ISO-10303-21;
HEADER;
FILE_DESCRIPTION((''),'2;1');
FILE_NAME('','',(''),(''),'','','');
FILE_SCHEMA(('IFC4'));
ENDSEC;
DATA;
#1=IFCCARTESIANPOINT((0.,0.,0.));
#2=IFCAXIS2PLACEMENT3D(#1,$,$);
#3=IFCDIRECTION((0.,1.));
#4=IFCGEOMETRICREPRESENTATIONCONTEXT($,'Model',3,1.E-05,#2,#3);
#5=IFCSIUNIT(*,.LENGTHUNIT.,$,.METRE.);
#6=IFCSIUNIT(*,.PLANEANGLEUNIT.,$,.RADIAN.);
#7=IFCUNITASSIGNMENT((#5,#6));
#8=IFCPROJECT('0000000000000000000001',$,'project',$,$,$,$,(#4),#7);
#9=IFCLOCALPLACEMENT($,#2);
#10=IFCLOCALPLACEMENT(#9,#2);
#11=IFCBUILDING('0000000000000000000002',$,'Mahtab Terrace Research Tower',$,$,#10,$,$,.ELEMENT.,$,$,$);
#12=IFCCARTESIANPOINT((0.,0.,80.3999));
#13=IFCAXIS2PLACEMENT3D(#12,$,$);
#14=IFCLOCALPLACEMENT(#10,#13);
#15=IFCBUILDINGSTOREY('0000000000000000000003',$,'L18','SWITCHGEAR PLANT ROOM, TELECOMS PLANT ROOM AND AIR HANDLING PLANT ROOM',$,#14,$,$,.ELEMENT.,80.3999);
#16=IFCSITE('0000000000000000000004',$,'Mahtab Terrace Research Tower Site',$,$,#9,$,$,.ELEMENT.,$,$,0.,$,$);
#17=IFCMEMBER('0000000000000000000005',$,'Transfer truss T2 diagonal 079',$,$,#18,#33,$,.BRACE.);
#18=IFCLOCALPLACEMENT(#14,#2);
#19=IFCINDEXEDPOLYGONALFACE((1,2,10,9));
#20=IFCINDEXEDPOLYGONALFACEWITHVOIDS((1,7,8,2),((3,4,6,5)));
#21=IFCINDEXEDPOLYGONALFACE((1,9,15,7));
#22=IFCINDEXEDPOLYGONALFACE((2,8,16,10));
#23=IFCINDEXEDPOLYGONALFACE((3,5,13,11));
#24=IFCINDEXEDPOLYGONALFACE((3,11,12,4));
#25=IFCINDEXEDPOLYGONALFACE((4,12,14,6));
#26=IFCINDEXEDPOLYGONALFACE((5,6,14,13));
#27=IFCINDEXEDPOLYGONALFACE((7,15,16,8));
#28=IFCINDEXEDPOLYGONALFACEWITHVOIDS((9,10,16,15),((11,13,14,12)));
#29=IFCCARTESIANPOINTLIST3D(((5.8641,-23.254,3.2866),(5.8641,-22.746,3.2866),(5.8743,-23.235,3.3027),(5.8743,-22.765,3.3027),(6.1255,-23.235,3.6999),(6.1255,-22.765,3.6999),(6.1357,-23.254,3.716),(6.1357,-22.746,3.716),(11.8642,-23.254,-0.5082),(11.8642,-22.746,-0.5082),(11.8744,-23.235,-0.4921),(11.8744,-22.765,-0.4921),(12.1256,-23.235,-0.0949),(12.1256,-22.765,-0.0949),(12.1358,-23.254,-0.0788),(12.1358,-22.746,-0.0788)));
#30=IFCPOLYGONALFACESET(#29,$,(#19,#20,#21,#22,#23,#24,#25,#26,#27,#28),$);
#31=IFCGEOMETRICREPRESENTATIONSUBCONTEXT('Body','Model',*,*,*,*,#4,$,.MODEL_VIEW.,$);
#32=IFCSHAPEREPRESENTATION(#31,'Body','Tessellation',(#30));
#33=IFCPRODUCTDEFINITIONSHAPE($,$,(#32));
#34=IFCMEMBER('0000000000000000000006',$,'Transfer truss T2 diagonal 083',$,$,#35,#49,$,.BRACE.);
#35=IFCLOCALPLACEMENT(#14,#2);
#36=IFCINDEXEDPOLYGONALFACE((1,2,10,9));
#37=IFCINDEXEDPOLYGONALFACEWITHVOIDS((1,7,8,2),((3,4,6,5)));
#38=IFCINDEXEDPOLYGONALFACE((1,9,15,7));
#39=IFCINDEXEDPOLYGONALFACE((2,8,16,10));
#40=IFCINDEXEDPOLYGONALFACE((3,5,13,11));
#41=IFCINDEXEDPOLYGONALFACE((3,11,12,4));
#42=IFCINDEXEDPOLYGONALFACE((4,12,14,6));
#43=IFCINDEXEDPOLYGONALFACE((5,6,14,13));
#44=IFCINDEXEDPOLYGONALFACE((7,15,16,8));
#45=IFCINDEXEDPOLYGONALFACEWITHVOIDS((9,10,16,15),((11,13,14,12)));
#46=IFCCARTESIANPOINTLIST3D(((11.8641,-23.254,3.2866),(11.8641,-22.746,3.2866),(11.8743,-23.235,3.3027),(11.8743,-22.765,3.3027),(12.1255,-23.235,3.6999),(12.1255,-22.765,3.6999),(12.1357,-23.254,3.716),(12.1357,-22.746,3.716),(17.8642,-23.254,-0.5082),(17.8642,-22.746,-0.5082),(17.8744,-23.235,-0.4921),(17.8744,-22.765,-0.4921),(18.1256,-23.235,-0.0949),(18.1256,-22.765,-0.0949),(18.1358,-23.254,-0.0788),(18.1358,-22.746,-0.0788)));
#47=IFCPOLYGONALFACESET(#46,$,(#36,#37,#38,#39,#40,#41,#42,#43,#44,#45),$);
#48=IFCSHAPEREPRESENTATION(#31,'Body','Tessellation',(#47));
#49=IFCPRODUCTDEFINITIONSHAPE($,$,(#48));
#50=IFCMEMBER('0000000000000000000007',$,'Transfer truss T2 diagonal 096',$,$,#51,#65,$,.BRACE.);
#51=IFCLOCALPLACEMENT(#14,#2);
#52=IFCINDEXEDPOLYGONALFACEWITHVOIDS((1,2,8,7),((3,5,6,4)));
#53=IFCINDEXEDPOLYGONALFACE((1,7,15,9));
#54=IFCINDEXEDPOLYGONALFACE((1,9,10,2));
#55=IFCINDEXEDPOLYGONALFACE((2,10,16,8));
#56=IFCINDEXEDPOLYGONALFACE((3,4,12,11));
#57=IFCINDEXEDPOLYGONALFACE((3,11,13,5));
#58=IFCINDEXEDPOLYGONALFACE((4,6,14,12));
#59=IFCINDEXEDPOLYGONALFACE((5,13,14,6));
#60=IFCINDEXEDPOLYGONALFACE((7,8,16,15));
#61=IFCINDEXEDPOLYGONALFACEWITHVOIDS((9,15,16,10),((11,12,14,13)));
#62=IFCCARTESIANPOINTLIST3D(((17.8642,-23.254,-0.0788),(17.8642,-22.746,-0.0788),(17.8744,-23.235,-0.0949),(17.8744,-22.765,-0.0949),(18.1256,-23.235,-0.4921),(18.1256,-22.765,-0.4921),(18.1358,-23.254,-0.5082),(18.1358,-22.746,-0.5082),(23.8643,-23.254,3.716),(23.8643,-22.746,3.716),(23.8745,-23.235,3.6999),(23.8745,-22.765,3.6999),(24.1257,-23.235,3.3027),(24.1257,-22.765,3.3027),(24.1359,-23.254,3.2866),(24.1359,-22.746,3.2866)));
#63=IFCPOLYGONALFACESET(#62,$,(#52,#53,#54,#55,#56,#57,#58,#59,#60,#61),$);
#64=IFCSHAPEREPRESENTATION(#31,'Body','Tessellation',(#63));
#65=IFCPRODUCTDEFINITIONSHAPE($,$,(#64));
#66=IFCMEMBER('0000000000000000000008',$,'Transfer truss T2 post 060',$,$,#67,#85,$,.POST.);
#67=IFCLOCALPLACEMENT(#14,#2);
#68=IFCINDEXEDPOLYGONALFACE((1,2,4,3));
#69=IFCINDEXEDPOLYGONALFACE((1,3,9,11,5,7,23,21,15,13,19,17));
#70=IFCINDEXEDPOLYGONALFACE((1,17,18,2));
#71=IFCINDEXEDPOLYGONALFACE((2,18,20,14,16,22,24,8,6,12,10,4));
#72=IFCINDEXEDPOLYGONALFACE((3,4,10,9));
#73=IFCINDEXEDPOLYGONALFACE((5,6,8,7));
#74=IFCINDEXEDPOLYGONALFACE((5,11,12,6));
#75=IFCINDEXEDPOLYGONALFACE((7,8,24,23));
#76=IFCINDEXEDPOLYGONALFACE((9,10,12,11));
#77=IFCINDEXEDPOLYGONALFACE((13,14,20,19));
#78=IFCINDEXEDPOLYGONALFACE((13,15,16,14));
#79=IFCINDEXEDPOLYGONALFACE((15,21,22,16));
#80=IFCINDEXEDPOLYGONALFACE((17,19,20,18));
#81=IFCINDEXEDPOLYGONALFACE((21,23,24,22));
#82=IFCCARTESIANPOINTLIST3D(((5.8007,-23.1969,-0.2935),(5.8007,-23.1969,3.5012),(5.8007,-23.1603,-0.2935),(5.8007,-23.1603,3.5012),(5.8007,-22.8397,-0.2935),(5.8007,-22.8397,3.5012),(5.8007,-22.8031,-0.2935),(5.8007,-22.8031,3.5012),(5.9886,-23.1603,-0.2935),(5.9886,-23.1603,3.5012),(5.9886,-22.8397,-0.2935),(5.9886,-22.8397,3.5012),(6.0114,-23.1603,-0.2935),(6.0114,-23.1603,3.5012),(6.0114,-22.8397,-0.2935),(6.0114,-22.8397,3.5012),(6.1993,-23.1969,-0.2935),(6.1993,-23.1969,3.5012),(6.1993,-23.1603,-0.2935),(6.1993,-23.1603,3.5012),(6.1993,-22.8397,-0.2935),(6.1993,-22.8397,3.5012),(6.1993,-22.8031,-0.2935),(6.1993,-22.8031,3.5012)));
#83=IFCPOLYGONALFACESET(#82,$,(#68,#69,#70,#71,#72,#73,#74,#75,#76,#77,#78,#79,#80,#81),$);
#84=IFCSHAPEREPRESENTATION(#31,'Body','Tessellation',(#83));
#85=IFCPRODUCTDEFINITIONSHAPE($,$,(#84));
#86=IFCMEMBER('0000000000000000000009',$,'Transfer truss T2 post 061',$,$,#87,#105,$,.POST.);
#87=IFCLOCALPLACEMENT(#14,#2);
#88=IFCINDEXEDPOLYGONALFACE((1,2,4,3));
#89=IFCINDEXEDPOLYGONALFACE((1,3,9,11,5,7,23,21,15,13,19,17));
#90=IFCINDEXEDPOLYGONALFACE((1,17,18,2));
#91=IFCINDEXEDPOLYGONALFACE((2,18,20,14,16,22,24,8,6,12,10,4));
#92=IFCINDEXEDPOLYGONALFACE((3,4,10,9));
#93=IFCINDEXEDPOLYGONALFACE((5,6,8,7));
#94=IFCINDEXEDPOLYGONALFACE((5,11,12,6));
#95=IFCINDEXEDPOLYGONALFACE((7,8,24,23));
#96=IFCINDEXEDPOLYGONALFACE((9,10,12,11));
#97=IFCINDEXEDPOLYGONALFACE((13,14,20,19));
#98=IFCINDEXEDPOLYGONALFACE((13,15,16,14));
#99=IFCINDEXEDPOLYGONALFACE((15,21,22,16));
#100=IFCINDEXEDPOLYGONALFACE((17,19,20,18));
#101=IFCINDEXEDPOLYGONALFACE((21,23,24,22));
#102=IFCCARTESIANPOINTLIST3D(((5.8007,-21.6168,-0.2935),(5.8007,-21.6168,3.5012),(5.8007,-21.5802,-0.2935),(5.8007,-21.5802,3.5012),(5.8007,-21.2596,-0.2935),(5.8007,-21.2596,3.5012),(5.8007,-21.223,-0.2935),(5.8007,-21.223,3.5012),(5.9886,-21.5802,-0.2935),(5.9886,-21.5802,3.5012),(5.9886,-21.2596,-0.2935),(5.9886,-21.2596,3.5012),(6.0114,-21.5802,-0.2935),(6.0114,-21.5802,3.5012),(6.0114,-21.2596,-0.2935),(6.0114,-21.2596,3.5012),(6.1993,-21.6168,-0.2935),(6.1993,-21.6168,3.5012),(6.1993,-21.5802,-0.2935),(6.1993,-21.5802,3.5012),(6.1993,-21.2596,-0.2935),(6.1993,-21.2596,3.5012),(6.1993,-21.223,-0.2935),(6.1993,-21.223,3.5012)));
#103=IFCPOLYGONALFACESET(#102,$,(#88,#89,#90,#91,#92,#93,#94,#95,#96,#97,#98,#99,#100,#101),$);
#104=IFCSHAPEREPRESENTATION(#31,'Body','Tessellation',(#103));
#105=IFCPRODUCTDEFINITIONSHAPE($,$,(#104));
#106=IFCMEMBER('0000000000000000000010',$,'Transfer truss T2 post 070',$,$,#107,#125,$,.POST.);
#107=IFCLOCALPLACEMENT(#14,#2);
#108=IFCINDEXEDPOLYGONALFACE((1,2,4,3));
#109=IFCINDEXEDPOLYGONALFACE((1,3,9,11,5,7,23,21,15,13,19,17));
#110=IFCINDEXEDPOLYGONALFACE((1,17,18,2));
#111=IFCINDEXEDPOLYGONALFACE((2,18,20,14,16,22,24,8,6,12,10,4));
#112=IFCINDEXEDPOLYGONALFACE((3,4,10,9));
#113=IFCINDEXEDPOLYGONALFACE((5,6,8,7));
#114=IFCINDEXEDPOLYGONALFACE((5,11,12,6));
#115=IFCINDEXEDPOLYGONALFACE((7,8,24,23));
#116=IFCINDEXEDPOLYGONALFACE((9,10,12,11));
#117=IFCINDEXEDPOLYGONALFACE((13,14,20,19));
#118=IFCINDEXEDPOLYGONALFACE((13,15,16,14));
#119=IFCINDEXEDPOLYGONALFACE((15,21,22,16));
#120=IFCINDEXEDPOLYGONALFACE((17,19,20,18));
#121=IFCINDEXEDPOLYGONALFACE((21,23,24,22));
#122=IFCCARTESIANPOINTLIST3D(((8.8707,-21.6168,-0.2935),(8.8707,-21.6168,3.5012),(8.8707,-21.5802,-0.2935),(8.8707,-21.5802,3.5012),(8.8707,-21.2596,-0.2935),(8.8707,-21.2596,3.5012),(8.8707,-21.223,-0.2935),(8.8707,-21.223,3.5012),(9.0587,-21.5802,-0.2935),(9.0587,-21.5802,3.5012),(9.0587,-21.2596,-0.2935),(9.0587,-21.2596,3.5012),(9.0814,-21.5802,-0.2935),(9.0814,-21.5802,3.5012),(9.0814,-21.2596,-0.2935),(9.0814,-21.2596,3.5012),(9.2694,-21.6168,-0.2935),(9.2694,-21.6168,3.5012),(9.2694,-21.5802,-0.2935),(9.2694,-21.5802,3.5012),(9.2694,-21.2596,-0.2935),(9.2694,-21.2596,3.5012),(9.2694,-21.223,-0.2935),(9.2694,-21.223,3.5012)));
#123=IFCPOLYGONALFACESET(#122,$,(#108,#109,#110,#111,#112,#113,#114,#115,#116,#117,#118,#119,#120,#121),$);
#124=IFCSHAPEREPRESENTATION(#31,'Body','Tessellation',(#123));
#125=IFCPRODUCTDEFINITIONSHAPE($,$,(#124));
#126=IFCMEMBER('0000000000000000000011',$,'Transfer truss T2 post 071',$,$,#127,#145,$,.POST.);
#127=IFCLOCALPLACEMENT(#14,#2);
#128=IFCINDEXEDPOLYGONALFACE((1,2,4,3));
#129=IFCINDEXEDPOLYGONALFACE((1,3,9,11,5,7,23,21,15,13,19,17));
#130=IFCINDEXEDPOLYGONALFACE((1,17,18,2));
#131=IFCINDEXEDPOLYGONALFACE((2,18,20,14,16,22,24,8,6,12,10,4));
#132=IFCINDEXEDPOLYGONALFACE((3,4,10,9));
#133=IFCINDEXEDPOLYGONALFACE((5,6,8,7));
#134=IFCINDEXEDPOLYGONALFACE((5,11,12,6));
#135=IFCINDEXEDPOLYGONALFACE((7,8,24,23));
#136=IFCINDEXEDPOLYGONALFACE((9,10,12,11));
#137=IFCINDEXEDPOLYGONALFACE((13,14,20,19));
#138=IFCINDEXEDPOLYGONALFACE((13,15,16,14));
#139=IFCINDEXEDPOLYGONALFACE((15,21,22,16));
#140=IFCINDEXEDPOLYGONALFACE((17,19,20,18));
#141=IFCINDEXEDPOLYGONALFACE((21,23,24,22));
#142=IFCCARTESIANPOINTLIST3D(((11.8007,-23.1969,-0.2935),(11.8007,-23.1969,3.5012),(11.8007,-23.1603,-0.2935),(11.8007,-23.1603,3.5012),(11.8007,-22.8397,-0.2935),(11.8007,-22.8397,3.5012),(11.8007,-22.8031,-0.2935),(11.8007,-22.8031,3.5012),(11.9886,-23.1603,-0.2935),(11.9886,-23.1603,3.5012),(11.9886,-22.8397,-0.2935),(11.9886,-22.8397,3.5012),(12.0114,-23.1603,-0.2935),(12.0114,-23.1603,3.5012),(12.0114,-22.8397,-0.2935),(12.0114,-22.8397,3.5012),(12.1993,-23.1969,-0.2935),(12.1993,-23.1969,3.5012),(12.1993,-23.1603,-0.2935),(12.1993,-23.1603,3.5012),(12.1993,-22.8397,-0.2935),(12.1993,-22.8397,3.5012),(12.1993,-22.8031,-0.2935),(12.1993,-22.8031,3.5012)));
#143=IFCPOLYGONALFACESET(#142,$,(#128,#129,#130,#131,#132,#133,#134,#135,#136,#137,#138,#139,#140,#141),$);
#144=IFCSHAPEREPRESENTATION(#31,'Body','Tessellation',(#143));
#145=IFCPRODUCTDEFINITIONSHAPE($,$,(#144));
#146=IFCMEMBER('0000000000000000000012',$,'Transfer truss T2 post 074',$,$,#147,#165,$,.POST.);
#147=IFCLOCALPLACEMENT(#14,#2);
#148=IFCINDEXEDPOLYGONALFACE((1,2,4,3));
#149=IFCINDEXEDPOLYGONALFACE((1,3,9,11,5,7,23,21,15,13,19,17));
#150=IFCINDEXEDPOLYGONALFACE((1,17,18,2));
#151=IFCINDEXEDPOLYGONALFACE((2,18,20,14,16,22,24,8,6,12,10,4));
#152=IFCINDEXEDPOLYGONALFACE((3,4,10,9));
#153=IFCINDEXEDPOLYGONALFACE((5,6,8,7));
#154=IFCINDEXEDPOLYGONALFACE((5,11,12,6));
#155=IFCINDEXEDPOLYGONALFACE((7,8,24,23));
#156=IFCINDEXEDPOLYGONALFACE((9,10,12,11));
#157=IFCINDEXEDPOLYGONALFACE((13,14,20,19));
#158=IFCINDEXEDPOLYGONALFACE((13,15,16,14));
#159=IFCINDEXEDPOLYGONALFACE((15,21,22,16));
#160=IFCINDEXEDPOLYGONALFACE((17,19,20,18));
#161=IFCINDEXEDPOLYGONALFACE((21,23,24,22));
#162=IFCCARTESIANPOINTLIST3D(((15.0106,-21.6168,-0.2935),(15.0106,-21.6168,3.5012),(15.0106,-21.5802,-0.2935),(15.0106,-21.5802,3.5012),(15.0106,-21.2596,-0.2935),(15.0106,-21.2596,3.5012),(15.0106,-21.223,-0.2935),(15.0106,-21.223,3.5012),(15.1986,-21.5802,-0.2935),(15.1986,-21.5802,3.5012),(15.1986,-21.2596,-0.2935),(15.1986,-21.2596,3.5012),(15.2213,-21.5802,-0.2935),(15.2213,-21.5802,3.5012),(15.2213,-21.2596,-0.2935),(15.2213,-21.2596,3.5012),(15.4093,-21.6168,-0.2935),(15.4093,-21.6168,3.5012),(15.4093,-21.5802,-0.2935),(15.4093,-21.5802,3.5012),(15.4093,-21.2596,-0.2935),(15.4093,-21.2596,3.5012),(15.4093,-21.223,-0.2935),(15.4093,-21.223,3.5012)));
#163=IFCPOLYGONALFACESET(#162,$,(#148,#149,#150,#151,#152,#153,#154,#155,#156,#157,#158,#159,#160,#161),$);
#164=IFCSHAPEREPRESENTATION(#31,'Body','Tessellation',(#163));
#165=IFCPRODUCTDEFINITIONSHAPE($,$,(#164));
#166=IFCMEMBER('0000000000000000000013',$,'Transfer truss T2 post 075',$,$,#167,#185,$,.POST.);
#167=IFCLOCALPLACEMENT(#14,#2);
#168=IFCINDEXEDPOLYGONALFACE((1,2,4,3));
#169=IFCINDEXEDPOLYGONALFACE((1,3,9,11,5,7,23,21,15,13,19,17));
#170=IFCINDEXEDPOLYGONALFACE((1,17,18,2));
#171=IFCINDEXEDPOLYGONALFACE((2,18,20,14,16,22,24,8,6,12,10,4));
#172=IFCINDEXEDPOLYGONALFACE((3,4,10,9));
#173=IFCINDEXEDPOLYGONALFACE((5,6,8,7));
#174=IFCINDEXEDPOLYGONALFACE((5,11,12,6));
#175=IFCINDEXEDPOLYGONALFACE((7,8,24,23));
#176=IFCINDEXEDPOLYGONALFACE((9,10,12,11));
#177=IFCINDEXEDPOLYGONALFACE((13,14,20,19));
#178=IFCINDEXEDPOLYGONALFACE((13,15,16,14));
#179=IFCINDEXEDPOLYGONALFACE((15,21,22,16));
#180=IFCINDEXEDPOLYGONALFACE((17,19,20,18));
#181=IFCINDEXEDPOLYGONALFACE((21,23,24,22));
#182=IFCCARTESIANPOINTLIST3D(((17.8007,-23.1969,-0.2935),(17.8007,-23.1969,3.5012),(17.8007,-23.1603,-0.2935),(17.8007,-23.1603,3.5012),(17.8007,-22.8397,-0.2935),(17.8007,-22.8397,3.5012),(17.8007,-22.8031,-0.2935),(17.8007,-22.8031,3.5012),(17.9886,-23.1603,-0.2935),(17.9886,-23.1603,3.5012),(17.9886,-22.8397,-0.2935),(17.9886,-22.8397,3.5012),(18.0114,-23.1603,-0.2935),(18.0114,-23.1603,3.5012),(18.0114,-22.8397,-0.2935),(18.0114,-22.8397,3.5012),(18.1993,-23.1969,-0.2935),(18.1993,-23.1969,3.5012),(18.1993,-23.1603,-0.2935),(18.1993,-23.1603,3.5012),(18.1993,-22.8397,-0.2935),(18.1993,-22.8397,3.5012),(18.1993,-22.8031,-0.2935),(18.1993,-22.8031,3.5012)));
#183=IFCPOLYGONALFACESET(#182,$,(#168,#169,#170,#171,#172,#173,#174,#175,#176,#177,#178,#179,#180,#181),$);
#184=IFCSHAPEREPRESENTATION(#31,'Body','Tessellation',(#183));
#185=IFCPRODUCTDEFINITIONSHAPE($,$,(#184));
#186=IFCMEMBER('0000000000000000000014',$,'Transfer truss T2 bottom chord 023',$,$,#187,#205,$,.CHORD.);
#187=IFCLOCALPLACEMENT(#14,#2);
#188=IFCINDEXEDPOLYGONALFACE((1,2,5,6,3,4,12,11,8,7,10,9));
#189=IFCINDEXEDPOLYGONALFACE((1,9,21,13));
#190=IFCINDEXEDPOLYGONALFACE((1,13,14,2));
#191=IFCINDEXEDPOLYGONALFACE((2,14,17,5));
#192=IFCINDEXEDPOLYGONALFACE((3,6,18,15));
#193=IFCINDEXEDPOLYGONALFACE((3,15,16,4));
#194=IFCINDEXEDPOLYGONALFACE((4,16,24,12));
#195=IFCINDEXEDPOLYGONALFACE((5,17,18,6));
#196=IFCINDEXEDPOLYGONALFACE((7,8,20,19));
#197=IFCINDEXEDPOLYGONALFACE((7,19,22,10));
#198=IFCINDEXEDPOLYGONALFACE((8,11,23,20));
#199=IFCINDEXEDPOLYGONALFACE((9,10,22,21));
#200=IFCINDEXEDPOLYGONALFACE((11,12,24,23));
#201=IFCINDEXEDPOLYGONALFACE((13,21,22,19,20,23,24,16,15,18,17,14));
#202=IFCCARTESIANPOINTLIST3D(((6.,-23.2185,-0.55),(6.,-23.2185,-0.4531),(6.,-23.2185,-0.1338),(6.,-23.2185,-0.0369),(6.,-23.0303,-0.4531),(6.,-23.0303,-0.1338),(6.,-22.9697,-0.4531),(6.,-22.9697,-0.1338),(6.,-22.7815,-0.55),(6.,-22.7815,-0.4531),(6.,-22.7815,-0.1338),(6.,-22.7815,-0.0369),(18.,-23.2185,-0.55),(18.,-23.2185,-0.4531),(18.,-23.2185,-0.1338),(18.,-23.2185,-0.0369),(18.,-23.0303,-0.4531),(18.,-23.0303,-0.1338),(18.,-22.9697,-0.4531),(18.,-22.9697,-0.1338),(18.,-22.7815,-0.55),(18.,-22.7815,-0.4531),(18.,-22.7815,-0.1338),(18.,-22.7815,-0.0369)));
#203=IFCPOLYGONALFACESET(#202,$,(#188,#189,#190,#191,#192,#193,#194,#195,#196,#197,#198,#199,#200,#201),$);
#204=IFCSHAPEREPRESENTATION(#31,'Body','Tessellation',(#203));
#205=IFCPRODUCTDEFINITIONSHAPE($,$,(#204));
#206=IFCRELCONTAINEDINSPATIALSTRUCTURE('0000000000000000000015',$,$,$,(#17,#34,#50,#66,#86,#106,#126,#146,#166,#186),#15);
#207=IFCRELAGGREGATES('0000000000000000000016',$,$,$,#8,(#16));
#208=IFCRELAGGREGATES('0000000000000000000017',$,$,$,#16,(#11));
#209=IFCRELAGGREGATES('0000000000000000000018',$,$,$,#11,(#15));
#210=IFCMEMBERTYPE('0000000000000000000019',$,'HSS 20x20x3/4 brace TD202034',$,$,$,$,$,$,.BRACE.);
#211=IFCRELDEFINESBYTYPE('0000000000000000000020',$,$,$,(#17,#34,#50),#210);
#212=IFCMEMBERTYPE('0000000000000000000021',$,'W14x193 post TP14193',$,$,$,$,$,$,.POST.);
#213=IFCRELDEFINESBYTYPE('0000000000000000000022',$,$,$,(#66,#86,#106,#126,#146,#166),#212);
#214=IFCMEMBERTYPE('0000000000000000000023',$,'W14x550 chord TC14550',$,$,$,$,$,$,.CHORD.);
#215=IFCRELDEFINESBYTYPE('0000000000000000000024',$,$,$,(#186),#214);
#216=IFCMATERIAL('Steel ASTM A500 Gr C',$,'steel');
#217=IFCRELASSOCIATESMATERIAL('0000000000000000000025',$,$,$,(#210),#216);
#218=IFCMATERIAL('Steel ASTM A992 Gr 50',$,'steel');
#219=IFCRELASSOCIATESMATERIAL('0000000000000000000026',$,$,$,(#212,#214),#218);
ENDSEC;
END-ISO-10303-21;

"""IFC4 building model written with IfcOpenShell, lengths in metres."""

from ifc_helpers import new_model, si_unit, direction, frame, origin, origin_2d, place, context, subcontext, project, spatial, hollow_rectangle, i_section, extrude, material, material_profile, profile_set, type_object, element, save


model = new_model("IFC4")

# Units and contexts
model_context = context("Model", 3, precision=1e-05, world=origin(), true_north=direction((0.0, 1.0)))
body_context = subcontext(model_context, "Body", "Model", "MODEL_VIEW")
ifc_project = project(units=[si_unit("LENGTHUNIT", "METRE"), si_unit("PLANEANGLEUNIT", "RADIAN")], contexts=[model_context])

# Site, building, storey
site_placement = place(None, origin())
site = spatial("IfcSite", under=ifc_project, at=site_placement, Name="Mahtab Terrace Research Tower Site", CompositionType="ELEMENT", RefElevation=0.0)
building_placement = place(site_placement, origin())
building = spatial("IfcBuilding", under=site, at=building_placement, Name="Mahtab Terrace Research Tower", CompositionType="ELEMENT")
storey_placement = place(building_placement, frame((0.0, 0.0, 80.3999)))
storey = spatial("IfcBuildingStorey", under=building, at=storey_placement, Name="L18", Description="SWITCHGEAR PLANT ROOM, TELECOMS PLANT ROOM AND AIR HANDLING PLANT ROOM", CompositionType="ELEMENT", Elevation=80.3999)

# Members
ifc_material_1 = material(Name="Steel ASTM A500 Gr C", Category="steel")
ifc_material_profile_1 = material_profile(ifc_material_1, hollow_rectangle(XDim=0.5081, YDim=0.5081, WallThickness=0.019, at=origin_2d()), Name="HSS20X20X3/4")
ifc_profile_set_1 = profile_set([ifc_material_profile_1], Name="Steel ASTM A500 Gr C")
member_type_1 = type_object("IfcMemberType", Name="HSS 20x20x3/4 brace TD202034", PredefinedType="BRACE", material=ifc_profile_set_1)
for number, where, z_axis, x_axis, name in (
    (1, (12.0, -23.0, -0.2935), (-0.845158, 0.0, 0.534517), (0.0, -1.0, 0.0), "Transfer truss T2 diagonal 079"),
    (2, (18.0, -23.0, -0.2935), (-0.845158, 0.0, 0.534517), (0.0, -1.0, 0.0), "Transfer truss T2 diagonal 083"),
    (3, (18.0, -23.0, -0.2935), (0.845158, 0.0, 0.534517), (0.0, 1.0, 0.0), "Transfer truss T2 diagonal 096"),
):
    element("IfcMember", number, at=place(storey_placement, frame(where, z_axis=z_axis, x_axis=x_axis)), inside=storey, type_object=member_type_1, Name=name, PredefinedType="BRACE", context=body_context, shape_type="SweptSolid", body=[
        extrude(hollow_rectangle(XDim=0.5081, YDim=0.5081, WallThickness=0.019, at=origin_2d()), origin(), (0.0, 0.0, 1.0), 7.0994),
    ])
ifc_material_2 = material(Name="Steel ASTM A992 Gr 50", Category="steel")
ifc_material_profile_2 = material_profile(ifc_material_2, i_section(OverallWidth=0.3987, OverallDepth=0.3938, WebThickness=0.0227, FlangeThickness=0.0366, at=origin_2d()), Name="W14X193")
ifc_profile_set_2 = profile_set([ifc_material_profile_2], Name="Steel ASTM A992 Gr 50")
member_type_2 = type_object("IfcMemberType", Name="W14x193 post TP14193", PredefinedType="POST", material=ifc_profile_set_2)
for number, where, z_axis, x_axis, name in (
    (4, (6.0, -23.0, -0.2935), (0.0, 0.0, 1.0), (1.0, 0.0, 0.0), "Transfer truss T2 post 060"),
    (5, (6.0, -21.4199, -0.2935), (0.0, 0.0, 1.0), (1.0, 0.0, 0.0), "Transfer truss T2 post 061"),
    (6, (9.0701, -21.4199, -0.2935), (0.0, 0.0, 1.0), (1.0, 0.0, 0.0), "Transfer truss T2 post 070"),
    (7, (12.0, -23.0, -0.2935), (0.0, 0.0, 1.0), (1.0, 0.0, 0.0), "Transfer truss T2 post 071"),
    (8, (15.21, -21.4199, -0.2935), (0.0, 0.0, 1.0), (1.0, 0.0, 0.0), "Transfer truss T2 post 074"),
    (9, (18.0, -23.0, -0.2935), (0.0, 0.0, 1.0), (1.0, 0.0, 0.0), "Transfer truss T2 post 075"),
):
    element("IfcMember", number, at=place(storey_placement, frame(where, z_axis=z_axis, x_axis=x_axis)), inside=storey, type_object=member_type_2, Name=name, PredefinedType="POST", context=body_context, shape_type="SweptSolid", body=[
        extrude(i_section(OverallWidth=0.3987, OverallDepth=0.3938, WebThickness=0.0227, FlangeThickness=0.0366, at=origin_2d()), origin(), (0.0, 0.0, 1.0), 3.7947),
    ])
ifc_material_profile_3 = material_profile(ifc_material_2, i_section(OverallWidth=0.437, OverallDepth=0.5132, WebThickness=0.0605, FlangeThickness=0.0969, at=origin_2d()), Name="W14X550")
ifc_profile_set_3 = profile_set([ifc_material_profile_3], Name="Steel ASTM A992 Gr 50")
member_type_3 = type_object("IfcMemberType", Name="W14x550 chord TC14550", PredefinedType="CHORD", material=ifc_profile_set_3)
member_1_placement = place(storey_placement, frame((18.0, -23.0, -0.2935), z_axis=(-1.0, 0.0, 0.0), x_axis=(0.0, -1.0, 0.0)))
element("IfcMember", 10, at=member_1_placement, inside=storey, type_object=member_type_3, Name="Transfer truss T2 bottom chord 023", PredefinedType="CHORD", context=body_context, shape_type="SweptSolid", body=[
    extrude(i_section(OverallWidth=0.437, OverallDepth=0.5132, WebThickness=0.0605, FlangeThickness=0.0969, at=origin_2d()), origin(), (0.0, 0.0, 1.0), 12.0),
])

save(model, "model.ifc")
